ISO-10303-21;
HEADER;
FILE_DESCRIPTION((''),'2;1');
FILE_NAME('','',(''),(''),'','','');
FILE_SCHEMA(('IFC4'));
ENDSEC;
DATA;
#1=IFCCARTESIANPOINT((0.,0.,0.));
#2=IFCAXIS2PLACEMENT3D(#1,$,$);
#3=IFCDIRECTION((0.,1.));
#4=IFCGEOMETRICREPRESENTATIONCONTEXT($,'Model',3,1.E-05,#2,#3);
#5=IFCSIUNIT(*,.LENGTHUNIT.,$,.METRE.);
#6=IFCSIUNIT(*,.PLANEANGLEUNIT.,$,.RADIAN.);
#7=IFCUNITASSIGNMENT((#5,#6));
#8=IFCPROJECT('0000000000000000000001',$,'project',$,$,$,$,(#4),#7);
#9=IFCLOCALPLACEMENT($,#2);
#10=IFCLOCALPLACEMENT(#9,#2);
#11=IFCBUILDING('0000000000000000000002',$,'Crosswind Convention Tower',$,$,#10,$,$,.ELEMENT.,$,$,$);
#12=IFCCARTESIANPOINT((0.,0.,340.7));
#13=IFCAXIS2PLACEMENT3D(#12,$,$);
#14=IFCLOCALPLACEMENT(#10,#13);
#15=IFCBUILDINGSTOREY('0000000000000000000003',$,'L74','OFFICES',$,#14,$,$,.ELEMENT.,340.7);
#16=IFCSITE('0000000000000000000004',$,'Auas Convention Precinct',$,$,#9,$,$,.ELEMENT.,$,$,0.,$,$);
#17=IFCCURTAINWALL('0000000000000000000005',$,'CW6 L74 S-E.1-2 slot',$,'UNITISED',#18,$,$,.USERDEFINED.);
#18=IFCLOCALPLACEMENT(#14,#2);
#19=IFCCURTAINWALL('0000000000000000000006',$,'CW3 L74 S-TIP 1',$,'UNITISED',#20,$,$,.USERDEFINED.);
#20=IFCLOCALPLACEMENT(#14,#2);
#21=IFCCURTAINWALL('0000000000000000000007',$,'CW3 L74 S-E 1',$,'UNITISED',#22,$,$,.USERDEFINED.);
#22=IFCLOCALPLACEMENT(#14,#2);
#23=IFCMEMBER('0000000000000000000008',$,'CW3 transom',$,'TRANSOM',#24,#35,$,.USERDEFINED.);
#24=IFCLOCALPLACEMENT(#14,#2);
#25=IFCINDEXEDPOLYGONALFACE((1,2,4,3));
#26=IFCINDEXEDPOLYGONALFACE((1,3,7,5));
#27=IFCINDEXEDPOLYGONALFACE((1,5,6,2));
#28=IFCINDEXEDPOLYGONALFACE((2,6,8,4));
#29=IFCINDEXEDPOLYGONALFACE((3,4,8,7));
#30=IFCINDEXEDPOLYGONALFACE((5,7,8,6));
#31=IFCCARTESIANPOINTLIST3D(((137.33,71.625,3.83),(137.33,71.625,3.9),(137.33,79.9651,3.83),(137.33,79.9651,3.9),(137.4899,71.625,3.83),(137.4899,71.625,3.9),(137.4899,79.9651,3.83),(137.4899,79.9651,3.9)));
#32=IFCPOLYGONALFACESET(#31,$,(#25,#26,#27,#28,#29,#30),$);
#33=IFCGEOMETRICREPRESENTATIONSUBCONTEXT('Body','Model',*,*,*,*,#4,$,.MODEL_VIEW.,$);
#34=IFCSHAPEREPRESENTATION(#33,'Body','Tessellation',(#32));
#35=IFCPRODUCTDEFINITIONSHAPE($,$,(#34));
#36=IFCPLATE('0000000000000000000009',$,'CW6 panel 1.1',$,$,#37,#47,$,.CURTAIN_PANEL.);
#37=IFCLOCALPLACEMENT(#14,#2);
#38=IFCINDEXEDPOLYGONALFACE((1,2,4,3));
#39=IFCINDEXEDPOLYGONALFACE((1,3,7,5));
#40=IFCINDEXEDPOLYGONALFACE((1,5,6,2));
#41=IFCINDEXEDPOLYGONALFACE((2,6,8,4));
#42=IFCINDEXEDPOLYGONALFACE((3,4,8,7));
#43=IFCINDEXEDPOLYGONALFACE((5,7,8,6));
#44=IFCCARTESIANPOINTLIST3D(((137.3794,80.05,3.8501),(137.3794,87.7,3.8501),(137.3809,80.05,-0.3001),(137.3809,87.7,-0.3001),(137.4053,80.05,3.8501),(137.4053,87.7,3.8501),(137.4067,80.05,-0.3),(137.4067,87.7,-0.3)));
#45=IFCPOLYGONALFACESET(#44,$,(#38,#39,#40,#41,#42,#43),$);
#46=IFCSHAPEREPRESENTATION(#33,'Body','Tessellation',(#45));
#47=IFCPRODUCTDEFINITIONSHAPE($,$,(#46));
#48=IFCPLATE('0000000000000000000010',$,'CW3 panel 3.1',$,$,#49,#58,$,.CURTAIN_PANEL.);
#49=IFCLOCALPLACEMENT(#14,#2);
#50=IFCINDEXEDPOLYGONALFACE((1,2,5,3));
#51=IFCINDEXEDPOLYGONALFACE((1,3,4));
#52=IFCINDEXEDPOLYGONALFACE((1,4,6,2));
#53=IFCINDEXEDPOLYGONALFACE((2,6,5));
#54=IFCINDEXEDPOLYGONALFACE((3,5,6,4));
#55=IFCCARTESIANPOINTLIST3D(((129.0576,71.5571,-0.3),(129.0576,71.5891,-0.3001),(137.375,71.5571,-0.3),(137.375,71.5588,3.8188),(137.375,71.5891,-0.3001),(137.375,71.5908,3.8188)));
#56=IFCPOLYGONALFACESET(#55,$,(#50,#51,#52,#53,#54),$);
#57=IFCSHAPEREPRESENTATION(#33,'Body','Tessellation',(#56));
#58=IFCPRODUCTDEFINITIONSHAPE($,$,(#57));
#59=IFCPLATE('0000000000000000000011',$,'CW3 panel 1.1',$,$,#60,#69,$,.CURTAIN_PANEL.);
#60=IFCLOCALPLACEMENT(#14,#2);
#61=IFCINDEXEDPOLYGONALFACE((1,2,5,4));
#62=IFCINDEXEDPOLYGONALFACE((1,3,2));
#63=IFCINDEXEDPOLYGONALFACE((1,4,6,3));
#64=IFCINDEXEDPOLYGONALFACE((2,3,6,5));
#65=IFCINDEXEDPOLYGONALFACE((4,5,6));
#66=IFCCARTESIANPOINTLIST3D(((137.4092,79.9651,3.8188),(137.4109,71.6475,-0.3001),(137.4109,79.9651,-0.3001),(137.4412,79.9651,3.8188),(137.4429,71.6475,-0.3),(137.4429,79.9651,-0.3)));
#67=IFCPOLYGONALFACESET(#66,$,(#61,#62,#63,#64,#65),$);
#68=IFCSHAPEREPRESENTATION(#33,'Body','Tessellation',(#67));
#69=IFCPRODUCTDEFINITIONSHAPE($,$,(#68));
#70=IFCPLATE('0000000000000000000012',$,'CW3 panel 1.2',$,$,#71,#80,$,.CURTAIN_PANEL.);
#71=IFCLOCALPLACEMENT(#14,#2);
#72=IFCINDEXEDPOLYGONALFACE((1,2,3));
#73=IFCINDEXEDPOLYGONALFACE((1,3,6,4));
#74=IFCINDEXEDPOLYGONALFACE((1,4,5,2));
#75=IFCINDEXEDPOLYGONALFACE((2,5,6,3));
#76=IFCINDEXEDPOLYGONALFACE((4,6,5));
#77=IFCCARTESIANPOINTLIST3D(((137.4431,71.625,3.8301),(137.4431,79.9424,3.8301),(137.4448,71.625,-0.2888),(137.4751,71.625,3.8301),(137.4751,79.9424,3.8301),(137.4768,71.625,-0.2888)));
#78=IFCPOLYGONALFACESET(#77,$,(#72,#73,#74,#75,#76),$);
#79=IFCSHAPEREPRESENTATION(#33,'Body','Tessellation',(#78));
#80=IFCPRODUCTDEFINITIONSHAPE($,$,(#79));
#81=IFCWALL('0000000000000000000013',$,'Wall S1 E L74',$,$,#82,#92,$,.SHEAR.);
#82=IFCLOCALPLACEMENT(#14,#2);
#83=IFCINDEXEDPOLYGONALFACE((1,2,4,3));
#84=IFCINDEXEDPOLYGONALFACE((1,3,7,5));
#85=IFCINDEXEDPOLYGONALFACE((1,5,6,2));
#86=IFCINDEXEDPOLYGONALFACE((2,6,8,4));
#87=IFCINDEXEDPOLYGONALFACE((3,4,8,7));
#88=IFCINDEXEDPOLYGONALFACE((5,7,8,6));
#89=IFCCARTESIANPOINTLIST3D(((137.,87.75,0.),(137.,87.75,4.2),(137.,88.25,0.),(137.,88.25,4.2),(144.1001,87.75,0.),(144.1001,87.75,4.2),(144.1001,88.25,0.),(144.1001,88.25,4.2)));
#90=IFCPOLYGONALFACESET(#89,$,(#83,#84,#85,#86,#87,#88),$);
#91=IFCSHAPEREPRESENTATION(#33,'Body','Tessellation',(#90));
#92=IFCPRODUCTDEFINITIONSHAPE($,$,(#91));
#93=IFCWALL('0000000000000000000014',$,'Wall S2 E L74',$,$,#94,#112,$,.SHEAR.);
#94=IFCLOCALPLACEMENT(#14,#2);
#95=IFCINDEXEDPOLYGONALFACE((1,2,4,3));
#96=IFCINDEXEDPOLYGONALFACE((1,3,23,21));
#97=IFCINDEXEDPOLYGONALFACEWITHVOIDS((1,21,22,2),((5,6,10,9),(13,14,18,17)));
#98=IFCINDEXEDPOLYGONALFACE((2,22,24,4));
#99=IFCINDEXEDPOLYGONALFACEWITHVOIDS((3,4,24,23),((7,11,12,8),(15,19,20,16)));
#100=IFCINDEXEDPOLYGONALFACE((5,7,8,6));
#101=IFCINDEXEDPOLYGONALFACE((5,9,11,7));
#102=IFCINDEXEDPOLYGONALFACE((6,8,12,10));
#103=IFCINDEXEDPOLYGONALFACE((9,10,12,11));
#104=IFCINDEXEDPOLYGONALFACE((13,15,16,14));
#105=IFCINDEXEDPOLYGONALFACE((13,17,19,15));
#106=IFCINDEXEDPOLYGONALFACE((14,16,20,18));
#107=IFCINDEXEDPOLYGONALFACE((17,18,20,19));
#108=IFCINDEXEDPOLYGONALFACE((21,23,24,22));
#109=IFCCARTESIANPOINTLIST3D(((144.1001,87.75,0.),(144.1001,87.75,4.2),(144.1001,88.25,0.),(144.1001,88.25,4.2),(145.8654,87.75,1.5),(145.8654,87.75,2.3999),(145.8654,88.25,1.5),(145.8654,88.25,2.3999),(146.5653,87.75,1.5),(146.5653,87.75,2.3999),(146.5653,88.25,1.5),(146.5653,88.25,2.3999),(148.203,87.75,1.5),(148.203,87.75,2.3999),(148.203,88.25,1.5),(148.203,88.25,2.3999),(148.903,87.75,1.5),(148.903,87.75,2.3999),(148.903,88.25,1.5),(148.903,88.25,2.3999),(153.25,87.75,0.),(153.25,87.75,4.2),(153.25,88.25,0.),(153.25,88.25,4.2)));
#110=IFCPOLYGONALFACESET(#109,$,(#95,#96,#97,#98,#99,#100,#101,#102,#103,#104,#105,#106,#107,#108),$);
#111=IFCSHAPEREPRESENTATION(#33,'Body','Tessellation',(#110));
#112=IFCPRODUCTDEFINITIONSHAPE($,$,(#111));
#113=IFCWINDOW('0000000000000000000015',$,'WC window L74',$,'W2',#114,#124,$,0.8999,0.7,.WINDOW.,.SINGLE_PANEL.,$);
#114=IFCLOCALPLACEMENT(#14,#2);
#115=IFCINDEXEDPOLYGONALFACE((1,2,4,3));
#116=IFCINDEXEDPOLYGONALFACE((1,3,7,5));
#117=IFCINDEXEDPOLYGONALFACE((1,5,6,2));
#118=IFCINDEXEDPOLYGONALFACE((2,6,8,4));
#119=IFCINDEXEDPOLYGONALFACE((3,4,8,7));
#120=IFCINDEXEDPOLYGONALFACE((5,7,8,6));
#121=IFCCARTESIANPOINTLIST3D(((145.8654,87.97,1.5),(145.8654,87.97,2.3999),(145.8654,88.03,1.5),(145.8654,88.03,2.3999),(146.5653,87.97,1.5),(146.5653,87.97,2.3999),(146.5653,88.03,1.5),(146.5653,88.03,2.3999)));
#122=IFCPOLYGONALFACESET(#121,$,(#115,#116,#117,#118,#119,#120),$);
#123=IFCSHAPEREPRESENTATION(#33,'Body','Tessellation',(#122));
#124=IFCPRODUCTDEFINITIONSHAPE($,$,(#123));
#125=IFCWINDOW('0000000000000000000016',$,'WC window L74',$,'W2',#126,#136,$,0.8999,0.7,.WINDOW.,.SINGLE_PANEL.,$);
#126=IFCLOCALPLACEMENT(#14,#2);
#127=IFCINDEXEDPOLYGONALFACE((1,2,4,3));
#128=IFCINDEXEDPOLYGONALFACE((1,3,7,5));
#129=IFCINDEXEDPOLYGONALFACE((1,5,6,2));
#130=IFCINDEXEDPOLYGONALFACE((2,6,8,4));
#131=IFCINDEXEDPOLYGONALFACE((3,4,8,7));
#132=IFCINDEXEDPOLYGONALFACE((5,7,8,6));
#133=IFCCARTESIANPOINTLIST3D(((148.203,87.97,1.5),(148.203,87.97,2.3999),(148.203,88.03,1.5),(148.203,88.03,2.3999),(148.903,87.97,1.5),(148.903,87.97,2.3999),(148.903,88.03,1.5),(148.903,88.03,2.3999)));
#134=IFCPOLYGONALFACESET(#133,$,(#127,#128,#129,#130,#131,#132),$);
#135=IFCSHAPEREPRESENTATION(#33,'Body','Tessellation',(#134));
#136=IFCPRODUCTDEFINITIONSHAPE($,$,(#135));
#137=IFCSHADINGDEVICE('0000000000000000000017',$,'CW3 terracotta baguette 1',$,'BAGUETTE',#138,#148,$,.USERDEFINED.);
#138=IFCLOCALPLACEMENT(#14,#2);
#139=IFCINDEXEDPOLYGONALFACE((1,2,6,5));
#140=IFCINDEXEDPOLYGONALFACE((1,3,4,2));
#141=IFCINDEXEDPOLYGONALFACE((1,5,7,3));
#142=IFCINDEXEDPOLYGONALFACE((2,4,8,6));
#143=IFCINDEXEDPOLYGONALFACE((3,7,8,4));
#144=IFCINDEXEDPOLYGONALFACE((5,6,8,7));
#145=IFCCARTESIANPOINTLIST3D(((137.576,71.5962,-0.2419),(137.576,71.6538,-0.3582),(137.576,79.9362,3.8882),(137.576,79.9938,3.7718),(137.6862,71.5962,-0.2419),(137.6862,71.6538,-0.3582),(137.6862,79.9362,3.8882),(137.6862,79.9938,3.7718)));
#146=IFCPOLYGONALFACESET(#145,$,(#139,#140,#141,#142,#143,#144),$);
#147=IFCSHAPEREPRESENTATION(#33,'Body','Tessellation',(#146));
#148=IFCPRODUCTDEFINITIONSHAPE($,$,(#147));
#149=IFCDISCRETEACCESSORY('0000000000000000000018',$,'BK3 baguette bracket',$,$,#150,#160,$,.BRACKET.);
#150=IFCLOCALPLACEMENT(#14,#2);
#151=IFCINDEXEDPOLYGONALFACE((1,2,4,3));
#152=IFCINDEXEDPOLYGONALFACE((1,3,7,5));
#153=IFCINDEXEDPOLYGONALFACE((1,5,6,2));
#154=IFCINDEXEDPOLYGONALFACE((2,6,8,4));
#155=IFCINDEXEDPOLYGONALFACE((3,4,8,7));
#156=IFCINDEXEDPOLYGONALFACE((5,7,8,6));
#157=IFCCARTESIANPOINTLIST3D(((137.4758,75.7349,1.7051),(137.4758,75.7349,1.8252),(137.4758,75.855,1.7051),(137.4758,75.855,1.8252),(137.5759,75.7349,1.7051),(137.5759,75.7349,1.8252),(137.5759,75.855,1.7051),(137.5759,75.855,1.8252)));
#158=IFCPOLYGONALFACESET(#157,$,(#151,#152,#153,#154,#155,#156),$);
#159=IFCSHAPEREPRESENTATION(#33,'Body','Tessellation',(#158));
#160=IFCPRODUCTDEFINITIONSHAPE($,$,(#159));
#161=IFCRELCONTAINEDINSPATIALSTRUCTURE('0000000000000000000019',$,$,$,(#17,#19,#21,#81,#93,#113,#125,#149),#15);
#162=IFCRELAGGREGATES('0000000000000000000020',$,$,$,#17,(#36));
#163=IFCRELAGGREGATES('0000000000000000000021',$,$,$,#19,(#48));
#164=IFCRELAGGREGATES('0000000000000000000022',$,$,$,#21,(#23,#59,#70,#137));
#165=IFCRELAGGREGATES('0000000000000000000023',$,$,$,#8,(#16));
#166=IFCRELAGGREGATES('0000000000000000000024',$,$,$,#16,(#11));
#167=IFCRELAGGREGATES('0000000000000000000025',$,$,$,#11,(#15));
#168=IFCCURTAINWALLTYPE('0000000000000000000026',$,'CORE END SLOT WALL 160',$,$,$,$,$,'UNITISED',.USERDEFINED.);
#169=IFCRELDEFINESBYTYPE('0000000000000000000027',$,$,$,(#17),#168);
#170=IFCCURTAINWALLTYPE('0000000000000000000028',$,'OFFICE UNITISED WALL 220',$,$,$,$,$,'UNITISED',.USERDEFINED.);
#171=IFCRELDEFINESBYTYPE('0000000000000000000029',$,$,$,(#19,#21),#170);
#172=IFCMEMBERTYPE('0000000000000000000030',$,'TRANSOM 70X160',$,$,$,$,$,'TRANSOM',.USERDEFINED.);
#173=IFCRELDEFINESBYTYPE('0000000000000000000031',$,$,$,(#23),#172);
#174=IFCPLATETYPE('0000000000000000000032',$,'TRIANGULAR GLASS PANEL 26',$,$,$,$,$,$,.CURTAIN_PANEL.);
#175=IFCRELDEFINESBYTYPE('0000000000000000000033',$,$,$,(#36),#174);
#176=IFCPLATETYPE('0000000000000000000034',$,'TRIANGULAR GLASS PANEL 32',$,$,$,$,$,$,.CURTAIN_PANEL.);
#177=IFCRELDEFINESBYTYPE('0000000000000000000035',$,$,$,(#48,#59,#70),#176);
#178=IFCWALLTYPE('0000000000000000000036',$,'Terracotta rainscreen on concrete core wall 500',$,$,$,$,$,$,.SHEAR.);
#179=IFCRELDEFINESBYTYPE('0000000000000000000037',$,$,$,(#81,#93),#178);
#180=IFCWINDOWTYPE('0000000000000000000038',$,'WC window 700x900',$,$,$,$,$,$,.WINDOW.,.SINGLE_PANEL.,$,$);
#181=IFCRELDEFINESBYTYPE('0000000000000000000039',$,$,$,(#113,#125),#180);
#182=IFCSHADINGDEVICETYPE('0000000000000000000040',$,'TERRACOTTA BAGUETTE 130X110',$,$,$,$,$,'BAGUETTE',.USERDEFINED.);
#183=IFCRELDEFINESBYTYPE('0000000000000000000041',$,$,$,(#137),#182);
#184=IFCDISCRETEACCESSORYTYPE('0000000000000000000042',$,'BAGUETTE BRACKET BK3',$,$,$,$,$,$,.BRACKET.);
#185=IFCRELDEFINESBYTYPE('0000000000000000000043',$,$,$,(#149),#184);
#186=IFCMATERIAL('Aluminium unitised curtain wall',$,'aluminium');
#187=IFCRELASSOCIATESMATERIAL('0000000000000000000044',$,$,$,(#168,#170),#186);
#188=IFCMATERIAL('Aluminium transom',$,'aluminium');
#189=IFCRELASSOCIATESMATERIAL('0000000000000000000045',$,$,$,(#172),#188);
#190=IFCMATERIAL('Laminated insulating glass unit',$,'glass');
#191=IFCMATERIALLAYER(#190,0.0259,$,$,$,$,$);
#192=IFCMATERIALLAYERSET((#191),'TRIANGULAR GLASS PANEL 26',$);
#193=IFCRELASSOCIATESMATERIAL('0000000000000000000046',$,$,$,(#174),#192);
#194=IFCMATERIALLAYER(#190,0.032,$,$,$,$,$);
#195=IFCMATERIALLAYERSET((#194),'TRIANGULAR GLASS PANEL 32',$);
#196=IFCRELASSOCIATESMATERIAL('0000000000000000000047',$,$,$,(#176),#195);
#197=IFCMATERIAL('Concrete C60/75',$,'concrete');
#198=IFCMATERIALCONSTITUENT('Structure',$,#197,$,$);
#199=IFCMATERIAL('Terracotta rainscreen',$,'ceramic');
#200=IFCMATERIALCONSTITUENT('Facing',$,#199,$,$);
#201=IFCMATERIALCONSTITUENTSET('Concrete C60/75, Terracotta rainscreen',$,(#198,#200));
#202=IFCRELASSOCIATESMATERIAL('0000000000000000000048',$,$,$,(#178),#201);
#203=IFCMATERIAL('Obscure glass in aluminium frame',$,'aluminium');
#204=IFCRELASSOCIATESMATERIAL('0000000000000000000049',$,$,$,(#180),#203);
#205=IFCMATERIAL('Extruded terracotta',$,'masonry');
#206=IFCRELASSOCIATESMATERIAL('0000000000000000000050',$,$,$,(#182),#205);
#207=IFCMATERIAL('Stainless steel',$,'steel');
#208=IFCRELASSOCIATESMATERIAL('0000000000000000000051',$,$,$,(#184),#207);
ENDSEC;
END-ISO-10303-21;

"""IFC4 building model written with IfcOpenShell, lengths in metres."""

from ifc_helpers import new_model, si_unit, direction, frame, frame_2d, origin, origin_2d, place, context, subcontext, project, spatial, polyline, rectangle, outline, extrude, material, layer, layer_set, constituent, constituent_set, material_profile, profile_set, type_object, element, fill, aggregate, save


model = new_model("IFC4")

# Units and contexts
model_context = context("Model", 3, precision=1e-05, world=origin(), true_north=direction((0.0, 1.0)))
body_context = subcontext(model_context, "Body", "Model", "MODEL_VIEW")
ifc_project = project(units=[si_unit("LENGTHUNIT", "METRE"), si_unit("PLANEANGLEUNIT", "RADIAN")], contexts=[model_context])

# Site, building, storey
site_placement = place(None, origin())
site = spatial("IfcSite", under=ifc_project, at=site_placement, Name="Auas Convention Precinct", CompositionType="ELEMENT", RefElevation=0.0)
building_placement = place(site_placement, origin())
building = spatial("IfcBuilding", under=site, at=building_placement, Name="Crosswind Convention Tower", CompositionType="ELEMENT")
storey_placement = place(building_placement, frame((0.0, 0.0, 340.7)))
storey = spatial("IfcBuildingStorey", under=building, at=storey_placement, Name="L74", Description="OFFICES", CompositionType="ELEMENT", Elevation=340.7)

# Shared definitions
ifc_material_1 = material(Name="Concrete C60/75", Category="concrete")

# Curtain wall
ifc_material_2 = material(Name="Aluminium unitised curtain wall", Category="aluminium")
curtain_wall_type_1 = type_object("IfcCurtainWallType", Name="CORE END SLOT WALL 160", ElementType="UNITISED", PredefinedType="USERDEFINED", material=ifc_material_2)
curtain_wall_1_placement = place(storey_placement, origin())
curtain_wall_1 = element("IfcCurtainWall", 1, at=curtain_wall_1_placement, inside=storey, type_object=curtain_wall_type_1, Name="CW6 L74 S-E.1-2 slot", ObjectType="UNITISED", PredefinedType="USERDEFINED")

# Curtain walls
curtain_wall_type_2 = type_object("IfcCurtainWallType", Name="OFFICE UNITISED WALL 220", ElementType="UNITISED", PredefinedType="USERDEFINED", material=ifc_material_2)
curtain_wall_2_placement = place(storey_placement, origin())
curtain_wall_2 = element("IfcCurtainWall", 2, at=curtain_wall_2_placement, inside=storey, type_object=curtain_wall_type_2, Name="CW3 L74 S-TIP 1", ObjectType="UNITISED", PredefinedType="USERDEFINED")
curtain_wall_3_placement = place(storey_placement, origin())
curtain_wall_3 = element("IfcCurtainWall", 3, at=curtain_wall_3_placement, inside=storey, type_object=curtain_wall_type_2, Name="CW3 L74 S-E 1", ObjectType="UNITISED", PredefinedType="USERDEFINED")

# Member
ifc_material_3 = material(Name="Aluminium transom", Category="aluminium")
ifc_material_profile_1 = material_profile(ifc_material_3, rectangle(XDim=0.1599, YDim=0.0701, at=origin_2d()), Name="AL 160X70")
ifc_profile_set_1 = profile_set([ifc_material_profile_1], Name="Aluminium transom")
member_type_1 = type_object("IfcMemberType", Name="TRANSOM 70X160", ElementType="TRANSOM", PredefinedType="USERDEFINED", material=ifc_profile_set_1)
member_1_placement = place(storey_placement, frame((137.4099, 71.625, 3.865), z_axis=(0.0, 1.0, 0.0), x_axis=(-1.0, 0.0, 0.0)))
member_1 = element("IfcMember", 4, at=member_1_placement, type_object=member_type_1, Name="CW3 transom", ObjectType="TRANSOM", PredefinedType="USERDEFINED", context=body_context, shape_type="SweptSolid", body=[
    extrude(rectangle(XDim=0.1599, YDim=0.0701, at=origin_2d()), origin(), (0.0, 0.0, 1.0), 8.3401),
])

# Plates
ifc_material_4 = material(Name="Laminated insulating glass unit", Category="glass")
ifc_layer_1 = layer(ifc_material_4, 0.0259)
ifc_layer_set_1 = layer_set([ifc_layer_1], Name="TRIANGULAR GLASS PANEL 26")
plate_type_1 = type_object("IfcPlateType", Name="TRIANGULAR GLASS PANEL 26", PredefinedType="CURTAIN_PANEL", material=ifc_layer_set_1)
plate_1_placement = place(storey_placement, frame((137.4067, 80.05, -0.3), z_axis=(1.0, 0.0, 0.000353), x_axis=(0.0, 1.0, 0.0)))
plate_1 = element("IfcPlate", 5, at=plate_1_placement, type_object=plate_type_1, Name="CW6 panel 1.1", PredefinedType="CURTAIN_PANEL", context=body_context, shape_type="SweptSolid", body=[
    extrude(outline(polyline([(0.0, 0.0), (7.6499, 0.0), (7.6499, 4.1501), (0.0, 4.1501), (0.0, 0.0)])), origin(), (0.0, 0.0, -1.0), 0.0259),
])
aggregate(curtain_wall_1, [plate_1])
ifc_layer_2 = layer(ifc_material_4, 0.032)
ifc_layer_set_2 = layer_set([ifc_layer_2], Name="TRIANGULAR GLASS PANEL 32")
plate_type_2 = type_object("IfcPlateType", Name="TRIANGULAR GLASS PANEL 32", PredefinedType="CURTAIN_PANEL", material=ifc_layer_set_2)
plate_2_placement = place(storey_placement, frame((137.375, 71.5571, -0.3), z_axis=(0.0, -1.0, 0.000415), x_axis=(0.0, 0.000415, 1.0)))
plate_2 = element("IfcPlate", 6, at=plate_2_placement, type_object=plate_type_2, Name="CW3 panel 3.1", PredefinedType="CURTAIN_PANEL", context=body_context, shape_type="SweptSolid", body=[
    extrude(outline(polyline([(0.0, 0.0), (4.1189, 0.0), (0.0, 8.3174), (0.0, 0.0)])), origin(), (0.0, 0.0, -1.0), 0.032),
])
aggregate(curtain_wall_2, [plate_2])
plate_3_placement = place(storey_placement, frame((137.4429, 79.9651, -0.3), z_axis=(1.0, 0.0, 0.000415), x_axis=(-0.000415, 0.0, 1.0)))
plate_3 = element("IfcPlate", 7, at=plate_3_placement, type_object=plate_type_2, Name="CW3 panel 1.1", PredefinedType="CURTAIN_PANEL", context=body_context, shape_type="SweptSolid", body=[
    extrude(outline(polyline([(0.0, 0.0), (4.1189, 0.0), (0.0, 8.3176), (0.0, 0.0)])), origin(), (0.0, 0.0, -1.0), 0.032),
])
plate_4_placement = place(storey_placement, frame((137.4751, 71.625, 3.8301), z_axis=(1.0, 0.0, 0.000415), x_axis=(0.000415, 0.0, -1.0)))
plate_4 = element("IfcPlate", 8, at=plate_4_placement, type_object=plate_type_2, Name="CW3 panel 1.2", PredefinedType="CURTAIN_PANEL", context=body_context, shape_type="SweptSolid", body=[
    extrude(outline(polyline([(0.0, 0.0), (4.1189, 0.0), (0.0, 8.3174), (0.0, 0.0)])), origin(), (0.0, 0.0, -1.0), 0.032),
])

# Wall
ifc_constituent_1 = constituent(ifc_material_1, Name="Structure")
ifc_material_5 = material(Name="Terracotta rainscreen", Category="ceramic")
ifc_constituent_2 = constituent(ifc_material_5, Name="Facing")
ifc_constituent_set = constituent_set(constituents=[ifc_constituent_1, ifc_constituent_2], Name="Concrete C60/75, Terracotta rainscreen")
wall_type = type_object("IfcWallType", Name="Terracotta rainscreen on concrete core wall 500", PredefinedType="SHEAR", material=ifc_constituent_set)
wall_1_placement = place(storey_placement, frame((137.0, 88.0, 0.0), z_axis=(0.0, 0.0, 1.0), x_axis=(1.0, 0.0, 0.0)))
element("IfcWall", 9, at=wall_1_placement, inside=storey, type_object=wall_type, Name="Wall S1 E L74", PredefinedType="SHEAR", context=body_context, shape_type="SweptSolid", body=[
    extrude(rectangle(XDim=7.1001, YDim=0.5, at=frame_2d((3.55, 0.0))), origin(), (0.0, 0.0, 1.0), 4.2),
])

# Wall, openings, windows
wall_2_placement = place(storey_placement, frame((144.1001, 88.0, 0.0), z_axis=(0.0, 0.0, 1.0), x_axis=(1.0, 0.0, 0.0)))
wall_2 = element("IfcWall", 10, at=wall_2_placement, inside=storey, type_object=wall_type, Name="Wall S2 E L74", PredefinedType="SHEAR", context=body_context, shape_type="SweptSolid", body=[
    extrude(rectangle(XDim=9.1499, YDim=0.5, at=frame_2d((4.575, 0.0))), origin(), (0.0, 0.0, 1.0), 4.2),
])
opening_1_placement = place(wall_2_placement, frame((1.7651, 0.0, 1.5)))
opening_1 = element("IfcOpeningElement", 11, at=opening_1_placement, cuts=wall_2, PredefinedType="OPENING", context=body_context, shape_type="SweptSolid", body=[
    extrude(rectangle(XDim=0.7, YDim=0.8999, at=frame_2d((0.3501, 0.45))), frame((0.0, 0.26, 0.0), z_axis=(0.0, -1.0, 0.0), x_axis=(1.0, 0.0, 0.0)), (0.0, 0.0, 1.0), 0.52),
])
opening_2_placement = place(wall_2_placement, frame((4.1028, 0.0, 1.5)))
opening_2 = element("IfcOpeningElement", 12, at=opening_2_placement, cuts=wall_2, PredefinedType="OPENING", context=body_context, shape_type="SweptSolid", body=[
    extrude(rectangle(XDim=0.7, YDim=0.8999, at=frame_2d((0.3501, 0.45))), frame((0.0, 0.26, 0.0), z_axis=(0.0, -1.0, 0.0), x_axis=(1.0, 0.0, 0.0)), (0.0, 0.0, 1.0), 0.52),
])
ifc_material_6 = material(Name="Obscure glass in aluminium frame", Category="aluminium")
window_type = type_object("IfcWindowType", Name="WC window 700x900", PartitioningType="SINGLE_PANEL", PredefinedType="WINDOW", material=ifc_material_6)
window_1_placement = place(opening_1_placement, origin())
window_1 = element("IfcWindow", 13, at=window_1_placement, inside=storey, type_object=window_type, Name="WC window L74", ObjectType="W2", OverallHeight=0.8999, OverallWidth=0.7, PartitioningType="SINGLE_PANEL", PredefinedType="WINDOW", context=body_context, shape_type="SweptSolid", body=[
    extrude(rectangle(XDim=0.7, YDim=0.8999, at=frame_2d((0.3501, 0.45))), frame((0.0, 0.03, 0.0), z_axis=(0.0, -1.0, 0.0), x_axis=(1.0, 0.0, 0.0)), (0.0, 0.0, 1.0), 0.0601),
])
fill(opening_1, window_1)
window_2_placement = place(opening_2_placement, origin())
window_2 = element("IfcWindow", 14, at=window_2_placement, inside=storey, type_object=window_type, Name="WC window L74", ObjectType="W2", OverallHeight=0.8999, OverallWidth=0.7, PartitioningType="SINGLE_PANEL", PredefinedType="WINDOW", context=body_context, shape_type="SweptSolid", body=[
    extrude(rectangle(XDim=0.7, YDim=0.8999, at=frame_2d((0.3501, 0.45))), frame((0.0, 0.03, 0.0), z_axis=(0.0, -1.0, 0.0), x_axis=(1.0, 0.0, 0.0)), (0.0, 0.0, 1.0), 0.0601),
])
fill(opening_2, window_2)

# Shading device
ifc_material_7 = material(Name="Extruded terracotta", Category="masonry")
ifc_material_profile_2 = material_profile(ifc_material_7, rectangle(XDim=0.1101, YDim=0.1299, at=origin_2d()), Name="TC 110X130")
ifc_profile_set_2 = profile_set([ifc_material_profile_2], Name="Extruded terracotta")
shading_device_type = type_object("IfcShadingDeviceType", Name="TERRACOTTA BAGUETTE 130X110", ElementType="BAGUETTE", PredefinedType="USERDEFINED", material=ifc_profile_set_2)
shading_device_placement = place(storey_placement, frame((137.6311, 71.625, -0.3), z_axis=(0.0, 0.896136, 0.443779), x_axis=(-1.0, 0.0, 0.0)))
shading_device = element("IfcShadingDevice", 15, at=shading_device_placement, type_object=shading_device_type, Name="CW3 terracotta baguette 1", ObjectType="BAGUETTE", PredefinedType="USERDEFINED", context=body_context, shape_type="SweptSolid", body=[
    extrude(rectangle(XDim=0.1101, YDim=0.1299, at=origin_2d()), origin(), (0.0, 0.0, 1.0), 9.3066),
])
aggregate(curtain_wall_3, [member_1, plate_3, plate_4, shading_device])

# Discrete accessory
ifc_material_8 = material(Name="Stainless steel", Category="steel")
discrete_accessory_type = type_object("IfcDiscreteAccessoryType", Name="BAGUETTE BRACKET BK3", PredefinedType="BRACKET", material=ifc_material_8)
discrete_accessory_placement = place(storey_placement, frame((137.5259, 75.7949, 1.7051), z_axis=(0.0, 0.0, 1.0), x_axis=(0.0, 1.0, 0.0)))
element("IfcDiscreteAccessory", 16, at=discrete_accessory_placement, inside=storey, type_object=discrete_accessory_type, Name="BK3 baguette bracket", PredefinedType="BRACKET", context=body_context, shape_type="SweptSolid", body=[
    extrude(rectangle(XDim=0.1201, YDim=0.1001, at=origin_2d()), origin(), (0.0, 0.0, 1.0), 0.1201),
])

save(model, "model.ifc")
